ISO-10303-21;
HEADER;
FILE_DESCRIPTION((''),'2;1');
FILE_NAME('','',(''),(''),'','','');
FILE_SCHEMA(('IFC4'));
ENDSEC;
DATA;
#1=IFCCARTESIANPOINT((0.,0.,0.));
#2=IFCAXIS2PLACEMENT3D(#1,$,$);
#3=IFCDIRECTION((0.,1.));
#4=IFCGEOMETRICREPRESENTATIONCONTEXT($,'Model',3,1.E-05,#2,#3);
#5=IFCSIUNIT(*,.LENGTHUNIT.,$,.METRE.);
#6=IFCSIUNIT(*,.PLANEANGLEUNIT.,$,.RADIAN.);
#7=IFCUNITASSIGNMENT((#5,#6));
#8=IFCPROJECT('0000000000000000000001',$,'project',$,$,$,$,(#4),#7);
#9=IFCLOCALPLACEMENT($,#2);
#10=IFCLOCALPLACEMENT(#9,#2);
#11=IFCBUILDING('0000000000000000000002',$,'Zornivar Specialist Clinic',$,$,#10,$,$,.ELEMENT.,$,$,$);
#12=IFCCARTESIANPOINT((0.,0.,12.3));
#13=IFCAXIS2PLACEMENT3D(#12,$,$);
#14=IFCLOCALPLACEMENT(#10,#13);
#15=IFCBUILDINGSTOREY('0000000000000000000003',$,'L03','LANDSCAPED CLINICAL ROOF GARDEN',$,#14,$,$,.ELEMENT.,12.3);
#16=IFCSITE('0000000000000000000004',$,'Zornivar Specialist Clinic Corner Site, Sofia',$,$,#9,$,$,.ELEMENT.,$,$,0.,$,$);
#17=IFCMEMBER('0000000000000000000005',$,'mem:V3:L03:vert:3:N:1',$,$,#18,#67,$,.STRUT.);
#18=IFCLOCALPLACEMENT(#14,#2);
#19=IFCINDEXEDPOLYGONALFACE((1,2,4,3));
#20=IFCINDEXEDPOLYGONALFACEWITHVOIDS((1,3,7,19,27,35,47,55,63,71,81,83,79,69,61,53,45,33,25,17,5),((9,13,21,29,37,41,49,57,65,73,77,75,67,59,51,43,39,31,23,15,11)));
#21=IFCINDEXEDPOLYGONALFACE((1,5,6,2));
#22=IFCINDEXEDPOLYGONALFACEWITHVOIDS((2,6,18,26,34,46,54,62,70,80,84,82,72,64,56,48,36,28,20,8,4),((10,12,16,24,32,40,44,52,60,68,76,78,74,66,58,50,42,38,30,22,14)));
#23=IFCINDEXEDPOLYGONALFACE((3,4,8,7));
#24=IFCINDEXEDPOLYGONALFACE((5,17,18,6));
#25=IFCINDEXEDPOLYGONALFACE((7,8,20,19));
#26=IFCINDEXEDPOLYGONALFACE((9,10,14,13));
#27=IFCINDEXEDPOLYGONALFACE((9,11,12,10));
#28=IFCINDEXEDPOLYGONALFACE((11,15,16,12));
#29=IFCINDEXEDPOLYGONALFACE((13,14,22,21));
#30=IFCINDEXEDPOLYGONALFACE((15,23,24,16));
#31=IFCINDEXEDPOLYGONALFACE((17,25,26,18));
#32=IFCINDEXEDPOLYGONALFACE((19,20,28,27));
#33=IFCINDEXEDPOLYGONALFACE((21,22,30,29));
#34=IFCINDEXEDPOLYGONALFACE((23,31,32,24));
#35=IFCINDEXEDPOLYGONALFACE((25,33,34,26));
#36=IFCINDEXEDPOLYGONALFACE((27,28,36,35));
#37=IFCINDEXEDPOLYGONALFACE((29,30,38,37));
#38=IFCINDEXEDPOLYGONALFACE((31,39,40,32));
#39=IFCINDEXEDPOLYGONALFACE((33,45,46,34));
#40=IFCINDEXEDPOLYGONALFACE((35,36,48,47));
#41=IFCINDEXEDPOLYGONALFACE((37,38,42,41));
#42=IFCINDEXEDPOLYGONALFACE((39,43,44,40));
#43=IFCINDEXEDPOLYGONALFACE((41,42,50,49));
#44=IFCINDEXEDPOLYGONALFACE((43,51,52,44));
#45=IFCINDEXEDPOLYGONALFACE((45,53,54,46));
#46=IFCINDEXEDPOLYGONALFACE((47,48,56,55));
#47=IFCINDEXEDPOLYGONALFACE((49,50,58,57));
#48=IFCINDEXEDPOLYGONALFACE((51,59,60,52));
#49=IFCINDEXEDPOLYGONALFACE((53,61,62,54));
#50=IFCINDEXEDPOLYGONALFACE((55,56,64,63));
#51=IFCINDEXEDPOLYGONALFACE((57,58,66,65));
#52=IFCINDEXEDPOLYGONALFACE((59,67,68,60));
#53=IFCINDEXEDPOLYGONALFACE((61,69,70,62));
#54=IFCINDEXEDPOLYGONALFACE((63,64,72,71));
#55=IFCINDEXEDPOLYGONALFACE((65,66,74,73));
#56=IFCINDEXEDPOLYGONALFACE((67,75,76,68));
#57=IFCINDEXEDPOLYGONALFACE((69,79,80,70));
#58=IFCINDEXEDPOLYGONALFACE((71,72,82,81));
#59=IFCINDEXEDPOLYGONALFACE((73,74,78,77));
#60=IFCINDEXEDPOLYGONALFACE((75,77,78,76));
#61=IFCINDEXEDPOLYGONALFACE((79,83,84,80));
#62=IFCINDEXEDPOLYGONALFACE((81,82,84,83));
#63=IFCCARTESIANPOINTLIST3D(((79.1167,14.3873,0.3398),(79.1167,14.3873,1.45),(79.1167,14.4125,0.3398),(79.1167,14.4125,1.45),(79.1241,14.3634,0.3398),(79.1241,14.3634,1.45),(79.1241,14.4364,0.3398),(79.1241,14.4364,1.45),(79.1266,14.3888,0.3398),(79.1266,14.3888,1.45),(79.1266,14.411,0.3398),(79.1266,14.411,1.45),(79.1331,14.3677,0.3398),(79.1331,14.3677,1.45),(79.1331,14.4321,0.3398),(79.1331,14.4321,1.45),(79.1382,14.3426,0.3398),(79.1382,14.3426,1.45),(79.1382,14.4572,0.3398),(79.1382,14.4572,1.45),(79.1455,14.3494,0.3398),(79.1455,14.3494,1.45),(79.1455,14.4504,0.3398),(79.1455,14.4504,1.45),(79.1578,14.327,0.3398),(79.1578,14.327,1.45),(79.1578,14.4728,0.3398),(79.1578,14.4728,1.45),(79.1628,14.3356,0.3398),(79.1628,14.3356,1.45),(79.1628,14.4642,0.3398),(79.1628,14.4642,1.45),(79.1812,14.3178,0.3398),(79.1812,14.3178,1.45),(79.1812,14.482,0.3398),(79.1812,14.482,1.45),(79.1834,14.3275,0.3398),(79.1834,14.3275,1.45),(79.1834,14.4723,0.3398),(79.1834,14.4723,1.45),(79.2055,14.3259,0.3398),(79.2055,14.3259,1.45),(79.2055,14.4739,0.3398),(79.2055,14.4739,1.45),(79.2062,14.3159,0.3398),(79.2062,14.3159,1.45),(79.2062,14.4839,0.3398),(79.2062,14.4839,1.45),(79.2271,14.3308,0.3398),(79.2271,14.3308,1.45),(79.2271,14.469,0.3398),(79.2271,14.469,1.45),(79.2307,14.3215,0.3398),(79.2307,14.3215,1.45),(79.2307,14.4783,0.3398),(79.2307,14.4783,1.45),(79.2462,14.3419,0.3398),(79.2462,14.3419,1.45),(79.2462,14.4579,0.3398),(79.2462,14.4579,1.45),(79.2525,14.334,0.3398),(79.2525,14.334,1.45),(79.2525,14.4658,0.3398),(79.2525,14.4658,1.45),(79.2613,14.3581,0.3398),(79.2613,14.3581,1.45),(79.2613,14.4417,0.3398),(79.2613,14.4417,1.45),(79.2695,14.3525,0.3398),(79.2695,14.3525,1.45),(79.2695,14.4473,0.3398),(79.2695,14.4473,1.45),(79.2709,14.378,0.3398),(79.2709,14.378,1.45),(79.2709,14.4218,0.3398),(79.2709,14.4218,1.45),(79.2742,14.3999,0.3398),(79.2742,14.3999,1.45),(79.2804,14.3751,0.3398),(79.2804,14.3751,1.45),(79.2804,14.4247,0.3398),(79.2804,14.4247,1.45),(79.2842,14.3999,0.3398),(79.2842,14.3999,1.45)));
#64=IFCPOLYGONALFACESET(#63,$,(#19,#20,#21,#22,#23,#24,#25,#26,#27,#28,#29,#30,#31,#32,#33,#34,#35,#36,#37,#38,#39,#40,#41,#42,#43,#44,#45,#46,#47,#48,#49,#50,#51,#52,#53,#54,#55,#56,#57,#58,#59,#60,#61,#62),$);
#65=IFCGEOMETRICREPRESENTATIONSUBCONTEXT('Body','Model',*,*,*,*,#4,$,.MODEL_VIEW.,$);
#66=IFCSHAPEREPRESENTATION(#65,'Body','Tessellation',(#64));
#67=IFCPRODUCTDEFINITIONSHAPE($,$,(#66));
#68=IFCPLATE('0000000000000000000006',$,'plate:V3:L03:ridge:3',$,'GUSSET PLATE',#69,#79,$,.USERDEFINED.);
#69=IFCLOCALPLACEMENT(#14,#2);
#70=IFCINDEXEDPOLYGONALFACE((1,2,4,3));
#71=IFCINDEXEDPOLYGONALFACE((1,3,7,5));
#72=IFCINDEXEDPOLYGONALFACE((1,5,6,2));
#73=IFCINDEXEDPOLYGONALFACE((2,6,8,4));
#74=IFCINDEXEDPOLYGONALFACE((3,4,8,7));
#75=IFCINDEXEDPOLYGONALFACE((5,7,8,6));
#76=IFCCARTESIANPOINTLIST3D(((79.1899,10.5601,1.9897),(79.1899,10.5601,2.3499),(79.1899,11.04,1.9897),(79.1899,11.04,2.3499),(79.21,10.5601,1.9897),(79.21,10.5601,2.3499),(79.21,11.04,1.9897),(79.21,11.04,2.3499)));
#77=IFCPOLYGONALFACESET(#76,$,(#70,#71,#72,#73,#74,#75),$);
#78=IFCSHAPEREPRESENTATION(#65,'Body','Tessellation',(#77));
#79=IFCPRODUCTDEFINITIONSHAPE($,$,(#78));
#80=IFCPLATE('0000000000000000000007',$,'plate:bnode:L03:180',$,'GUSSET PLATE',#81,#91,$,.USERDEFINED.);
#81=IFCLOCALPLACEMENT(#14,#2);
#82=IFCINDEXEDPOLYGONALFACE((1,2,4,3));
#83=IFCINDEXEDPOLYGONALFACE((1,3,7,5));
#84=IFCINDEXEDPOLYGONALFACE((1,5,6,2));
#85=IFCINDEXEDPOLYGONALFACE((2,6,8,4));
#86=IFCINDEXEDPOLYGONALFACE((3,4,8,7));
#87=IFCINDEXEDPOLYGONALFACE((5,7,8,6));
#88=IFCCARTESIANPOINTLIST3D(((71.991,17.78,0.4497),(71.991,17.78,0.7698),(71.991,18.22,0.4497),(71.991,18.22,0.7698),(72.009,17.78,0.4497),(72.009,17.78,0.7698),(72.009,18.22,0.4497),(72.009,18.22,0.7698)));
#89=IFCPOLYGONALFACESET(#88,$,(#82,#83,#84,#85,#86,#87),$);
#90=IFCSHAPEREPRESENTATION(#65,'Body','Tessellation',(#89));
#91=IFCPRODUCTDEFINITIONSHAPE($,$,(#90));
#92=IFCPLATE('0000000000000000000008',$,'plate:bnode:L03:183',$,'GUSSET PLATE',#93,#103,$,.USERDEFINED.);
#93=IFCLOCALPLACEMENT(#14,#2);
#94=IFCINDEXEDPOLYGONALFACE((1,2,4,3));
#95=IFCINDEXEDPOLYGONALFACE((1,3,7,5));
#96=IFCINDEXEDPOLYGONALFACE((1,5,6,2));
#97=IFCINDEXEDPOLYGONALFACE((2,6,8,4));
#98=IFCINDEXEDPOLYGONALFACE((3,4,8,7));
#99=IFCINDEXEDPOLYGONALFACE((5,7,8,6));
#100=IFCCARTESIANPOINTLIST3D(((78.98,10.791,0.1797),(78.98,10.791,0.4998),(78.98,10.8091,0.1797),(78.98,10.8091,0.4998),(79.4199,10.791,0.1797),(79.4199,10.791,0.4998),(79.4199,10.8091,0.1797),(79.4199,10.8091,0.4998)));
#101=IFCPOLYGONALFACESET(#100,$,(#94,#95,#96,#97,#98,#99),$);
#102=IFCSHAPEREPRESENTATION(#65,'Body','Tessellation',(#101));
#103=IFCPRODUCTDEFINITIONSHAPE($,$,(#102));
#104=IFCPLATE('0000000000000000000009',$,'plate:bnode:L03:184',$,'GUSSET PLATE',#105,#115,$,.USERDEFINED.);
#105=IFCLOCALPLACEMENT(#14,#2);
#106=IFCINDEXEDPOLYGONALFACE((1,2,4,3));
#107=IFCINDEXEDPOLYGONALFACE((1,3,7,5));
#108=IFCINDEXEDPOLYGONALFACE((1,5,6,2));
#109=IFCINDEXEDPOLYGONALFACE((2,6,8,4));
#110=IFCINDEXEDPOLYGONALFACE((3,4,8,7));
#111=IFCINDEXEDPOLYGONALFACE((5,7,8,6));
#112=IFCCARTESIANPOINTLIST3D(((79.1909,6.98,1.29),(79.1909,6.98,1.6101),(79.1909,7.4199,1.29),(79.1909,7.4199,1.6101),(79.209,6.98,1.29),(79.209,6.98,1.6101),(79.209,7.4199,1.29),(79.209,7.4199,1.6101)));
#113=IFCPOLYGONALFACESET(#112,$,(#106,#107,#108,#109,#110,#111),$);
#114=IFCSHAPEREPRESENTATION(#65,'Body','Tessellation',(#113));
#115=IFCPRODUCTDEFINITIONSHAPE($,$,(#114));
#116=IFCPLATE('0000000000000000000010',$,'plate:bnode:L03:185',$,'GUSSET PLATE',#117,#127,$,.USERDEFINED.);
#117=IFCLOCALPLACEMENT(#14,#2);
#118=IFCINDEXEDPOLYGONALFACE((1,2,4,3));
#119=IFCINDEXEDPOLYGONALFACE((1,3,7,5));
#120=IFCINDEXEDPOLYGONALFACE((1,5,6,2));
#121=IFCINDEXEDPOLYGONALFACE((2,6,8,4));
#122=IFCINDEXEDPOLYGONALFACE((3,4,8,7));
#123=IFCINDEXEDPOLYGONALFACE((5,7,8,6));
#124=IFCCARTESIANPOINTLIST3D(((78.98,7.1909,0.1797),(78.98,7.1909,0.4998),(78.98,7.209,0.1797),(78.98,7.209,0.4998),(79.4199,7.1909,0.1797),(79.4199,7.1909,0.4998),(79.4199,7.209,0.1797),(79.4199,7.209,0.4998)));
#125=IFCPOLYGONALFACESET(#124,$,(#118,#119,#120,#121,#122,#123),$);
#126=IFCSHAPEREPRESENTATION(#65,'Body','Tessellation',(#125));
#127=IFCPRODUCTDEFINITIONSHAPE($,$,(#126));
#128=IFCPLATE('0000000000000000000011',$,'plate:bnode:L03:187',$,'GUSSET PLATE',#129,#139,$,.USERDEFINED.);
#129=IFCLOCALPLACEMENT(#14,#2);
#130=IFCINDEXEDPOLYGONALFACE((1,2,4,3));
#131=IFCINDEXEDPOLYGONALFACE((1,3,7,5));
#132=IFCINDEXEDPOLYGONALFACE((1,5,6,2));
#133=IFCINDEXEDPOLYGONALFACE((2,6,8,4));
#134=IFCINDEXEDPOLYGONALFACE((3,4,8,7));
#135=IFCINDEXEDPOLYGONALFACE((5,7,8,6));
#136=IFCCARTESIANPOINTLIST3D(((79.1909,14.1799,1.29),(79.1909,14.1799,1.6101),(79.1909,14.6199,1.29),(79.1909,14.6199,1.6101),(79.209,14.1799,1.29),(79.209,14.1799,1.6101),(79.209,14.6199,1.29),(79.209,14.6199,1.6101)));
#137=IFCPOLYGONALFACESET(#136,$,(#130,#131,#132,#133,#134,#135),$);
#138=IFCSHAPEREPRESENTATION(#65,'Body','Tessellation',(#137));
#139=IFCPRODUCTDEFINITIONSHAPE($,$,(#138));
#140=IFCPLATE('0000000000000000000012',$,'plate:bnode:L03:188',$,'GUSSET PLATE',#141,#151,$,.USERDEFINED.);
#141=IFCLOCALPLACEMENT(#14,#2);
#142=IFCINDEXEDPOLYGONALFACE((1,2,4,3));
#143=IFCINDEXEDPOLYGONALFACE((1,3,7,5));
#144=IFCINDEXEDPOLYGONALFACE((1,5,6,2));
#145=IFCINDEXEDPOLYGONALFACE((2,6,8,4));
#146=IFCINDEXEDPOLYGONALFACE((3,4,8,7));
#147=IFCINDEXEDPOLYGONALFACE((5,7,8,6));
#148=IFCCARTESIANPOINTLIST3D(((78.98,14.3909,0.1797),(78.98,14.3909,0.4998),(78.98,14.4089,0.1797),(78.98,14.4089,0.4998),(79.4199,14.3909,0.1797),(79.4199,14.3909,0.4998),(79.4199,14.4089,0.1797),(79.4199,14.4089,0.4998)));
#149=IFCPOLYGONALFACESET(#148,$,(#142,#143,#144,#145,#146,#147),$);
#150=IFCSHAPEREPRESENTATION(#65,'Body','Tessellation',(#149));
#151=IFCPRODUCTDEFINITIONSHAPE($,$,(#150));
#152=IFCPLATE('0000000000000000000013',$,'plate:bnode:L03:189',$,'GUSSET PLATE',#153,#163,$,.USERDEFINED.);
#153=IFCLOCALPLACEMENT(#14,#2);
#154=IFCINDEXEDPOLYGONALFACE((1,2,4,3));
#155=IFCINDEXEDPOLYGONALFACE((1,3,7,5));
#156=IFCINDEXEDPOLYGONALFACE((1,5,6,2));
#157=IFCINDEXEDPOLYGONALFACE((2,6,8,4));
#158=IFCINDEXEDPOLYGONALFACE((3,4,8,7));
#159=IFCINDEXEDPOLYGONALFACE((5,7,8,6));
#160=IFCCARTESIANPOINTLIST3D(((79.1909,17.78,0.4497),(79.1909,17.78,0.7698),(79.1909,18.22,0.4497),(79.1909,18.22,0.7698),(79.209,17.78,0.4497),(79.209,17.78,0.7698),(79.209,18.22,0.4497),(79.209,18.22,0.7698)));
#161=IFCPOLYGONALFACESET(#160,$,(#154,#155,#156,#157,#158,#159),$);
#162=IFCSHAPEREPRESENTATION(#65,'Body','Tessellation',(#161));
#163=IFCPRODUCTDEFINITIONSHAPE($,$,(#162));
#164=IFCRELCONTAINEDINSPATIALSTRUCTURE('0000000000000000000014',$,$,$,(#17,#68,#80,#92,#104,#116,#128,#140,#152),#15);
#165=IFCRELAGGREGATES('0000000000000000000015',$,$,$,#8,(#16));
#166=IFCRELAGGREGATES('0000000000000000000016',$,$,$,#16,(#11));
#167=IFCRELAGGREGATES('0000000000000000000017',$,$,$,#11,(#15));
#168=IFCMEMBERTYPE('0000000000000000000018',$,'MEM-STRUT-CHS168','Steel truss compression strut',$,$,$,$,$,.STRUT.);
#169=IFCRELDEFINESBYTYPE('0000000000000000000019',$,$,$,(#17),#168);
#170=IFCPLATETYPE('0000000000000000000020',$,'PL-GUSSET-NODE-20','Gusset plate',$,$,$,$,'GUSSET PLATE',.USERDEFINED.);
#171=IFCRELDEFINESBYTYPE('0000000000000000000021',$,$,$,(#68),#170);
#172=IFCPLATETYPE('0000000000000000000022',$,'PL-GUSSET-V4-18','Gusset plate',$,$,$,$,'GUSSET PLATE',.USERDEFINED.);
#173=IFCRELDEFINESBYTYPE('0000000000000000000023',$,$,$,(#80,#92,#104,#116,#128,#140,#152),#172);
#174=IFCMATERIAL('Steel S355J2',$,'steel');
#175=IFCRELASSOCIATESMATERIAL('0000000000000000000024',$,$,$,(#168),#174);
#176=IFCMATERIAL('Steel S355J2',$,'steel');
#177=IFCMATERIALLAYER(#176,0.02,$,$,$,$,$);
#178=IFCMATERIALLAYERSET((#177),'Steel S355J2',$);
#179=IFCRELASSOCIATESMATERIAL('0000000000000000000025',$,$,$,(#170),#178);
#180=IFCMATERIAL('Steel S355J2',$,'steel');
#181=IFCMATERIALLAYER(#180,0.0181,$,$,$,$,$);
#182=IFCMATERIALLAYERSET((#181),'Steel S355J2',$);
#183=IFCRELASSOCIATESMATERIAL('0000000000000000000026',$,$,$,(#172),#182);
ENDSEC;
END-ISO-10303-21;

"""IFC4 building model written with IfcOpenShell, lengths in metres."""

from ifc_helpers import new_model, si_unit, direction, frame, origin, origin_2d, place, context, subcontext, project, spatial, rectangle, hollow_circle, extrude, material, layer, layer_set, material_profile, profile_set, type_object, element, save


model = new_model("IFC4")

# Units and contexts
model_context = context("Model", 3, precision=1e-05, world=origin(), true_north=direction((0.0, 1.0)))
body_context = subcontext(model_context, "Body", "Model", "MODEL_VIEW")
ifc_project = project(units=[si_unit("LENGTHUNIT", "METRE"), si_unit("PLANEANGLEUNIT", "RADIAN")], contexts=[model_context])

# Site, building, storey
site_placement = place(None, origin())
site = spatial("IfcSite", under=ifc_project, at=site_placement, Name="Zornivar Specialist Clinic Corner Site, Sofia", CompositionType="ELEMENT", RefElevation=0.0)
building_placement = place(site_placement, origin())
building = spatial("IfcBuilding", under=site, at=building_placement, Name="Zornivar Specialist Clinic", CompositionType="ELEMENT")
storey_placement = place(building_placement, frame((0.0, 0.0, 12.3)))
storey = spatial("IfcBuildingStorey", under=building, at=storey_placement, Name="L03", Description="LANDSCAPED CLINICAL ROOF GARDEN", CompositionType="ELEMENT", Elevation=12.3)

# Member
ifc_material_1 = material(Name="Steel S355J2", Category="steel")
ifc_material_profile_1 = material_profile(ifc_material_1, hollow_circle(Radius=0.0842, WallThickness=0.01, at=origin_2d()), Name="CHS 168.3x10")
ifc_profile_set_1 = profile_set([ifc_material_profile_1], Name="Steel S355J2")
member_type_1 = type_object("IfcMemberType", Name="MEM-STRUT-CHS168", Description="Steel truss compression strut", PredefinedType="STRUT", material=ifc_profile_set_1)
member_1_placement = place(storey_placement, frame((79.2, 14.3999, 0.3398), z_axis=(0.0, 0.0, 1.0), x_axis=(1.0, 0.0, 0.0)))
element("IfcMember", 1, at=member_1_placement, inside=storey, type_object=member_type_1, Name="mem:V3:L03:vert:3:N:1", PredefinedType="STRUT", context=body_context, shape_type="SweptSolid", body=[
    extrude(hollow_circle(Radius=0.0842, WallThickness=0.01, at=origin_2d()), origin(), (0.0, 0.0, 1.0), 1.1101),
])

# Plates
ifc_material_2 = material(Name="Steel S355J2", Category="steel")
ifc_layer_1 = layer(ifc_material_2, 0.02)
ifc_layer_set_1 = layer_set([ifc_layer_1], Name="Steel S355J2")
plate_type_1 = type_object("IfcPlateType", Name="PL-GUSSET-NODE-20", Description="Gusset plate", ElementType="GUSSET PLATE", PredefinedType="USERDEFINED", material=ifc_layer_set_1)
plate_placement = place(storey_placement, frame((79.2, 10.8, 1.9897), z_axis=(0.0, 0.0, 1.0), x_axis=(1.0, 0.0, 0.0)))
element("IfcPlate", 2, at=plate_placement, inside=storey, type_object=plate_type_1, Name="plate:V3:L03:ridge:3", ObjectType="GUSSET PLATE", PredefinedType="USERDEFINED", context=body_context, shape_type="SweptSolid", body=[
    extrude(rectangle(XDim=0.02, YDim=0.48, at=origin_2d()), origin(), (0.0, 0.0, 1.0), 0.3601),
])
ifc_material_3 = material(Name="Steel S355J2", Category="steel")
ifc_layer_2 = layer(ifc_material_3, 0.0181)
ifc_layer_set_2 = layer_set([ifc_layer_2], Name="Steel S355J2")
plate_type_2 = type_object("IfcPlateType", Name="PL-GUSSET-V4-18", Description="Gusset plate", ElementType="GUSSET PLATE", PredefinedType="USERDEFINED", material=ifc_layer_set_2)
for number, where, z_axis, x_axis, name in (
    (3, (72.0, 18.0, 0.4497), (0.0, 0.0, 1.0), (0.0, 1.0, 0.0), "plate:bnode:L03:180"),
    (4, (79.2, 10.8, 0.1797), (0.0, 0.0, 1.0), (1.0, 0.0, 0.0), "plate:bnode:L03:183"),
    (5, (79.2, 7.2, 1.29), (0.0, 0.0, 1.0), (0.0, 1.0, 0.0), "plate:bnode:L03:184"),
    (6, (79.2, 7.2, 0.1797), (0.0, 0.0, 1.0), (1.0, 0.0, 0.0), "plate:bnode:L03:185"),
    (7, (79.2, 14.3999, 1.29), (0.0, 0.0, 1.0), (0.0, 1.0, 0.0), "plate:bnode:L03:187"),
    (8, (79.2, 14.3999, 0.1797), (0.0, 0.0, 1.0), (1.0, 0.0, 0.0), "plate:bnode:L03:188"),
    (9, (79.2, 18.0, 0.4497), (0.0, 0.0, 1.0), (0.0, 1.0, 0.0), "plate:bnode:L03:189"),
):
    element("IfcPlate", number, at=place(storey_placement, frame(where, z_axis=z_axis, x_axis=x_axis)), inside=storey, type_object=plate_type_2, Name=name, ObjectType="GUSSET PLATE", PredefinedType="USERDEFINED", context=body_context, shape_type="SweptSolid", body=[
        extrude(rectangle(XDim=0.4399, YDim=0.0181, at=origin_2d()), origin(), (0.0, 0.0, 1.0), 0.3201),
    ])

save(model, "model.ifc")
